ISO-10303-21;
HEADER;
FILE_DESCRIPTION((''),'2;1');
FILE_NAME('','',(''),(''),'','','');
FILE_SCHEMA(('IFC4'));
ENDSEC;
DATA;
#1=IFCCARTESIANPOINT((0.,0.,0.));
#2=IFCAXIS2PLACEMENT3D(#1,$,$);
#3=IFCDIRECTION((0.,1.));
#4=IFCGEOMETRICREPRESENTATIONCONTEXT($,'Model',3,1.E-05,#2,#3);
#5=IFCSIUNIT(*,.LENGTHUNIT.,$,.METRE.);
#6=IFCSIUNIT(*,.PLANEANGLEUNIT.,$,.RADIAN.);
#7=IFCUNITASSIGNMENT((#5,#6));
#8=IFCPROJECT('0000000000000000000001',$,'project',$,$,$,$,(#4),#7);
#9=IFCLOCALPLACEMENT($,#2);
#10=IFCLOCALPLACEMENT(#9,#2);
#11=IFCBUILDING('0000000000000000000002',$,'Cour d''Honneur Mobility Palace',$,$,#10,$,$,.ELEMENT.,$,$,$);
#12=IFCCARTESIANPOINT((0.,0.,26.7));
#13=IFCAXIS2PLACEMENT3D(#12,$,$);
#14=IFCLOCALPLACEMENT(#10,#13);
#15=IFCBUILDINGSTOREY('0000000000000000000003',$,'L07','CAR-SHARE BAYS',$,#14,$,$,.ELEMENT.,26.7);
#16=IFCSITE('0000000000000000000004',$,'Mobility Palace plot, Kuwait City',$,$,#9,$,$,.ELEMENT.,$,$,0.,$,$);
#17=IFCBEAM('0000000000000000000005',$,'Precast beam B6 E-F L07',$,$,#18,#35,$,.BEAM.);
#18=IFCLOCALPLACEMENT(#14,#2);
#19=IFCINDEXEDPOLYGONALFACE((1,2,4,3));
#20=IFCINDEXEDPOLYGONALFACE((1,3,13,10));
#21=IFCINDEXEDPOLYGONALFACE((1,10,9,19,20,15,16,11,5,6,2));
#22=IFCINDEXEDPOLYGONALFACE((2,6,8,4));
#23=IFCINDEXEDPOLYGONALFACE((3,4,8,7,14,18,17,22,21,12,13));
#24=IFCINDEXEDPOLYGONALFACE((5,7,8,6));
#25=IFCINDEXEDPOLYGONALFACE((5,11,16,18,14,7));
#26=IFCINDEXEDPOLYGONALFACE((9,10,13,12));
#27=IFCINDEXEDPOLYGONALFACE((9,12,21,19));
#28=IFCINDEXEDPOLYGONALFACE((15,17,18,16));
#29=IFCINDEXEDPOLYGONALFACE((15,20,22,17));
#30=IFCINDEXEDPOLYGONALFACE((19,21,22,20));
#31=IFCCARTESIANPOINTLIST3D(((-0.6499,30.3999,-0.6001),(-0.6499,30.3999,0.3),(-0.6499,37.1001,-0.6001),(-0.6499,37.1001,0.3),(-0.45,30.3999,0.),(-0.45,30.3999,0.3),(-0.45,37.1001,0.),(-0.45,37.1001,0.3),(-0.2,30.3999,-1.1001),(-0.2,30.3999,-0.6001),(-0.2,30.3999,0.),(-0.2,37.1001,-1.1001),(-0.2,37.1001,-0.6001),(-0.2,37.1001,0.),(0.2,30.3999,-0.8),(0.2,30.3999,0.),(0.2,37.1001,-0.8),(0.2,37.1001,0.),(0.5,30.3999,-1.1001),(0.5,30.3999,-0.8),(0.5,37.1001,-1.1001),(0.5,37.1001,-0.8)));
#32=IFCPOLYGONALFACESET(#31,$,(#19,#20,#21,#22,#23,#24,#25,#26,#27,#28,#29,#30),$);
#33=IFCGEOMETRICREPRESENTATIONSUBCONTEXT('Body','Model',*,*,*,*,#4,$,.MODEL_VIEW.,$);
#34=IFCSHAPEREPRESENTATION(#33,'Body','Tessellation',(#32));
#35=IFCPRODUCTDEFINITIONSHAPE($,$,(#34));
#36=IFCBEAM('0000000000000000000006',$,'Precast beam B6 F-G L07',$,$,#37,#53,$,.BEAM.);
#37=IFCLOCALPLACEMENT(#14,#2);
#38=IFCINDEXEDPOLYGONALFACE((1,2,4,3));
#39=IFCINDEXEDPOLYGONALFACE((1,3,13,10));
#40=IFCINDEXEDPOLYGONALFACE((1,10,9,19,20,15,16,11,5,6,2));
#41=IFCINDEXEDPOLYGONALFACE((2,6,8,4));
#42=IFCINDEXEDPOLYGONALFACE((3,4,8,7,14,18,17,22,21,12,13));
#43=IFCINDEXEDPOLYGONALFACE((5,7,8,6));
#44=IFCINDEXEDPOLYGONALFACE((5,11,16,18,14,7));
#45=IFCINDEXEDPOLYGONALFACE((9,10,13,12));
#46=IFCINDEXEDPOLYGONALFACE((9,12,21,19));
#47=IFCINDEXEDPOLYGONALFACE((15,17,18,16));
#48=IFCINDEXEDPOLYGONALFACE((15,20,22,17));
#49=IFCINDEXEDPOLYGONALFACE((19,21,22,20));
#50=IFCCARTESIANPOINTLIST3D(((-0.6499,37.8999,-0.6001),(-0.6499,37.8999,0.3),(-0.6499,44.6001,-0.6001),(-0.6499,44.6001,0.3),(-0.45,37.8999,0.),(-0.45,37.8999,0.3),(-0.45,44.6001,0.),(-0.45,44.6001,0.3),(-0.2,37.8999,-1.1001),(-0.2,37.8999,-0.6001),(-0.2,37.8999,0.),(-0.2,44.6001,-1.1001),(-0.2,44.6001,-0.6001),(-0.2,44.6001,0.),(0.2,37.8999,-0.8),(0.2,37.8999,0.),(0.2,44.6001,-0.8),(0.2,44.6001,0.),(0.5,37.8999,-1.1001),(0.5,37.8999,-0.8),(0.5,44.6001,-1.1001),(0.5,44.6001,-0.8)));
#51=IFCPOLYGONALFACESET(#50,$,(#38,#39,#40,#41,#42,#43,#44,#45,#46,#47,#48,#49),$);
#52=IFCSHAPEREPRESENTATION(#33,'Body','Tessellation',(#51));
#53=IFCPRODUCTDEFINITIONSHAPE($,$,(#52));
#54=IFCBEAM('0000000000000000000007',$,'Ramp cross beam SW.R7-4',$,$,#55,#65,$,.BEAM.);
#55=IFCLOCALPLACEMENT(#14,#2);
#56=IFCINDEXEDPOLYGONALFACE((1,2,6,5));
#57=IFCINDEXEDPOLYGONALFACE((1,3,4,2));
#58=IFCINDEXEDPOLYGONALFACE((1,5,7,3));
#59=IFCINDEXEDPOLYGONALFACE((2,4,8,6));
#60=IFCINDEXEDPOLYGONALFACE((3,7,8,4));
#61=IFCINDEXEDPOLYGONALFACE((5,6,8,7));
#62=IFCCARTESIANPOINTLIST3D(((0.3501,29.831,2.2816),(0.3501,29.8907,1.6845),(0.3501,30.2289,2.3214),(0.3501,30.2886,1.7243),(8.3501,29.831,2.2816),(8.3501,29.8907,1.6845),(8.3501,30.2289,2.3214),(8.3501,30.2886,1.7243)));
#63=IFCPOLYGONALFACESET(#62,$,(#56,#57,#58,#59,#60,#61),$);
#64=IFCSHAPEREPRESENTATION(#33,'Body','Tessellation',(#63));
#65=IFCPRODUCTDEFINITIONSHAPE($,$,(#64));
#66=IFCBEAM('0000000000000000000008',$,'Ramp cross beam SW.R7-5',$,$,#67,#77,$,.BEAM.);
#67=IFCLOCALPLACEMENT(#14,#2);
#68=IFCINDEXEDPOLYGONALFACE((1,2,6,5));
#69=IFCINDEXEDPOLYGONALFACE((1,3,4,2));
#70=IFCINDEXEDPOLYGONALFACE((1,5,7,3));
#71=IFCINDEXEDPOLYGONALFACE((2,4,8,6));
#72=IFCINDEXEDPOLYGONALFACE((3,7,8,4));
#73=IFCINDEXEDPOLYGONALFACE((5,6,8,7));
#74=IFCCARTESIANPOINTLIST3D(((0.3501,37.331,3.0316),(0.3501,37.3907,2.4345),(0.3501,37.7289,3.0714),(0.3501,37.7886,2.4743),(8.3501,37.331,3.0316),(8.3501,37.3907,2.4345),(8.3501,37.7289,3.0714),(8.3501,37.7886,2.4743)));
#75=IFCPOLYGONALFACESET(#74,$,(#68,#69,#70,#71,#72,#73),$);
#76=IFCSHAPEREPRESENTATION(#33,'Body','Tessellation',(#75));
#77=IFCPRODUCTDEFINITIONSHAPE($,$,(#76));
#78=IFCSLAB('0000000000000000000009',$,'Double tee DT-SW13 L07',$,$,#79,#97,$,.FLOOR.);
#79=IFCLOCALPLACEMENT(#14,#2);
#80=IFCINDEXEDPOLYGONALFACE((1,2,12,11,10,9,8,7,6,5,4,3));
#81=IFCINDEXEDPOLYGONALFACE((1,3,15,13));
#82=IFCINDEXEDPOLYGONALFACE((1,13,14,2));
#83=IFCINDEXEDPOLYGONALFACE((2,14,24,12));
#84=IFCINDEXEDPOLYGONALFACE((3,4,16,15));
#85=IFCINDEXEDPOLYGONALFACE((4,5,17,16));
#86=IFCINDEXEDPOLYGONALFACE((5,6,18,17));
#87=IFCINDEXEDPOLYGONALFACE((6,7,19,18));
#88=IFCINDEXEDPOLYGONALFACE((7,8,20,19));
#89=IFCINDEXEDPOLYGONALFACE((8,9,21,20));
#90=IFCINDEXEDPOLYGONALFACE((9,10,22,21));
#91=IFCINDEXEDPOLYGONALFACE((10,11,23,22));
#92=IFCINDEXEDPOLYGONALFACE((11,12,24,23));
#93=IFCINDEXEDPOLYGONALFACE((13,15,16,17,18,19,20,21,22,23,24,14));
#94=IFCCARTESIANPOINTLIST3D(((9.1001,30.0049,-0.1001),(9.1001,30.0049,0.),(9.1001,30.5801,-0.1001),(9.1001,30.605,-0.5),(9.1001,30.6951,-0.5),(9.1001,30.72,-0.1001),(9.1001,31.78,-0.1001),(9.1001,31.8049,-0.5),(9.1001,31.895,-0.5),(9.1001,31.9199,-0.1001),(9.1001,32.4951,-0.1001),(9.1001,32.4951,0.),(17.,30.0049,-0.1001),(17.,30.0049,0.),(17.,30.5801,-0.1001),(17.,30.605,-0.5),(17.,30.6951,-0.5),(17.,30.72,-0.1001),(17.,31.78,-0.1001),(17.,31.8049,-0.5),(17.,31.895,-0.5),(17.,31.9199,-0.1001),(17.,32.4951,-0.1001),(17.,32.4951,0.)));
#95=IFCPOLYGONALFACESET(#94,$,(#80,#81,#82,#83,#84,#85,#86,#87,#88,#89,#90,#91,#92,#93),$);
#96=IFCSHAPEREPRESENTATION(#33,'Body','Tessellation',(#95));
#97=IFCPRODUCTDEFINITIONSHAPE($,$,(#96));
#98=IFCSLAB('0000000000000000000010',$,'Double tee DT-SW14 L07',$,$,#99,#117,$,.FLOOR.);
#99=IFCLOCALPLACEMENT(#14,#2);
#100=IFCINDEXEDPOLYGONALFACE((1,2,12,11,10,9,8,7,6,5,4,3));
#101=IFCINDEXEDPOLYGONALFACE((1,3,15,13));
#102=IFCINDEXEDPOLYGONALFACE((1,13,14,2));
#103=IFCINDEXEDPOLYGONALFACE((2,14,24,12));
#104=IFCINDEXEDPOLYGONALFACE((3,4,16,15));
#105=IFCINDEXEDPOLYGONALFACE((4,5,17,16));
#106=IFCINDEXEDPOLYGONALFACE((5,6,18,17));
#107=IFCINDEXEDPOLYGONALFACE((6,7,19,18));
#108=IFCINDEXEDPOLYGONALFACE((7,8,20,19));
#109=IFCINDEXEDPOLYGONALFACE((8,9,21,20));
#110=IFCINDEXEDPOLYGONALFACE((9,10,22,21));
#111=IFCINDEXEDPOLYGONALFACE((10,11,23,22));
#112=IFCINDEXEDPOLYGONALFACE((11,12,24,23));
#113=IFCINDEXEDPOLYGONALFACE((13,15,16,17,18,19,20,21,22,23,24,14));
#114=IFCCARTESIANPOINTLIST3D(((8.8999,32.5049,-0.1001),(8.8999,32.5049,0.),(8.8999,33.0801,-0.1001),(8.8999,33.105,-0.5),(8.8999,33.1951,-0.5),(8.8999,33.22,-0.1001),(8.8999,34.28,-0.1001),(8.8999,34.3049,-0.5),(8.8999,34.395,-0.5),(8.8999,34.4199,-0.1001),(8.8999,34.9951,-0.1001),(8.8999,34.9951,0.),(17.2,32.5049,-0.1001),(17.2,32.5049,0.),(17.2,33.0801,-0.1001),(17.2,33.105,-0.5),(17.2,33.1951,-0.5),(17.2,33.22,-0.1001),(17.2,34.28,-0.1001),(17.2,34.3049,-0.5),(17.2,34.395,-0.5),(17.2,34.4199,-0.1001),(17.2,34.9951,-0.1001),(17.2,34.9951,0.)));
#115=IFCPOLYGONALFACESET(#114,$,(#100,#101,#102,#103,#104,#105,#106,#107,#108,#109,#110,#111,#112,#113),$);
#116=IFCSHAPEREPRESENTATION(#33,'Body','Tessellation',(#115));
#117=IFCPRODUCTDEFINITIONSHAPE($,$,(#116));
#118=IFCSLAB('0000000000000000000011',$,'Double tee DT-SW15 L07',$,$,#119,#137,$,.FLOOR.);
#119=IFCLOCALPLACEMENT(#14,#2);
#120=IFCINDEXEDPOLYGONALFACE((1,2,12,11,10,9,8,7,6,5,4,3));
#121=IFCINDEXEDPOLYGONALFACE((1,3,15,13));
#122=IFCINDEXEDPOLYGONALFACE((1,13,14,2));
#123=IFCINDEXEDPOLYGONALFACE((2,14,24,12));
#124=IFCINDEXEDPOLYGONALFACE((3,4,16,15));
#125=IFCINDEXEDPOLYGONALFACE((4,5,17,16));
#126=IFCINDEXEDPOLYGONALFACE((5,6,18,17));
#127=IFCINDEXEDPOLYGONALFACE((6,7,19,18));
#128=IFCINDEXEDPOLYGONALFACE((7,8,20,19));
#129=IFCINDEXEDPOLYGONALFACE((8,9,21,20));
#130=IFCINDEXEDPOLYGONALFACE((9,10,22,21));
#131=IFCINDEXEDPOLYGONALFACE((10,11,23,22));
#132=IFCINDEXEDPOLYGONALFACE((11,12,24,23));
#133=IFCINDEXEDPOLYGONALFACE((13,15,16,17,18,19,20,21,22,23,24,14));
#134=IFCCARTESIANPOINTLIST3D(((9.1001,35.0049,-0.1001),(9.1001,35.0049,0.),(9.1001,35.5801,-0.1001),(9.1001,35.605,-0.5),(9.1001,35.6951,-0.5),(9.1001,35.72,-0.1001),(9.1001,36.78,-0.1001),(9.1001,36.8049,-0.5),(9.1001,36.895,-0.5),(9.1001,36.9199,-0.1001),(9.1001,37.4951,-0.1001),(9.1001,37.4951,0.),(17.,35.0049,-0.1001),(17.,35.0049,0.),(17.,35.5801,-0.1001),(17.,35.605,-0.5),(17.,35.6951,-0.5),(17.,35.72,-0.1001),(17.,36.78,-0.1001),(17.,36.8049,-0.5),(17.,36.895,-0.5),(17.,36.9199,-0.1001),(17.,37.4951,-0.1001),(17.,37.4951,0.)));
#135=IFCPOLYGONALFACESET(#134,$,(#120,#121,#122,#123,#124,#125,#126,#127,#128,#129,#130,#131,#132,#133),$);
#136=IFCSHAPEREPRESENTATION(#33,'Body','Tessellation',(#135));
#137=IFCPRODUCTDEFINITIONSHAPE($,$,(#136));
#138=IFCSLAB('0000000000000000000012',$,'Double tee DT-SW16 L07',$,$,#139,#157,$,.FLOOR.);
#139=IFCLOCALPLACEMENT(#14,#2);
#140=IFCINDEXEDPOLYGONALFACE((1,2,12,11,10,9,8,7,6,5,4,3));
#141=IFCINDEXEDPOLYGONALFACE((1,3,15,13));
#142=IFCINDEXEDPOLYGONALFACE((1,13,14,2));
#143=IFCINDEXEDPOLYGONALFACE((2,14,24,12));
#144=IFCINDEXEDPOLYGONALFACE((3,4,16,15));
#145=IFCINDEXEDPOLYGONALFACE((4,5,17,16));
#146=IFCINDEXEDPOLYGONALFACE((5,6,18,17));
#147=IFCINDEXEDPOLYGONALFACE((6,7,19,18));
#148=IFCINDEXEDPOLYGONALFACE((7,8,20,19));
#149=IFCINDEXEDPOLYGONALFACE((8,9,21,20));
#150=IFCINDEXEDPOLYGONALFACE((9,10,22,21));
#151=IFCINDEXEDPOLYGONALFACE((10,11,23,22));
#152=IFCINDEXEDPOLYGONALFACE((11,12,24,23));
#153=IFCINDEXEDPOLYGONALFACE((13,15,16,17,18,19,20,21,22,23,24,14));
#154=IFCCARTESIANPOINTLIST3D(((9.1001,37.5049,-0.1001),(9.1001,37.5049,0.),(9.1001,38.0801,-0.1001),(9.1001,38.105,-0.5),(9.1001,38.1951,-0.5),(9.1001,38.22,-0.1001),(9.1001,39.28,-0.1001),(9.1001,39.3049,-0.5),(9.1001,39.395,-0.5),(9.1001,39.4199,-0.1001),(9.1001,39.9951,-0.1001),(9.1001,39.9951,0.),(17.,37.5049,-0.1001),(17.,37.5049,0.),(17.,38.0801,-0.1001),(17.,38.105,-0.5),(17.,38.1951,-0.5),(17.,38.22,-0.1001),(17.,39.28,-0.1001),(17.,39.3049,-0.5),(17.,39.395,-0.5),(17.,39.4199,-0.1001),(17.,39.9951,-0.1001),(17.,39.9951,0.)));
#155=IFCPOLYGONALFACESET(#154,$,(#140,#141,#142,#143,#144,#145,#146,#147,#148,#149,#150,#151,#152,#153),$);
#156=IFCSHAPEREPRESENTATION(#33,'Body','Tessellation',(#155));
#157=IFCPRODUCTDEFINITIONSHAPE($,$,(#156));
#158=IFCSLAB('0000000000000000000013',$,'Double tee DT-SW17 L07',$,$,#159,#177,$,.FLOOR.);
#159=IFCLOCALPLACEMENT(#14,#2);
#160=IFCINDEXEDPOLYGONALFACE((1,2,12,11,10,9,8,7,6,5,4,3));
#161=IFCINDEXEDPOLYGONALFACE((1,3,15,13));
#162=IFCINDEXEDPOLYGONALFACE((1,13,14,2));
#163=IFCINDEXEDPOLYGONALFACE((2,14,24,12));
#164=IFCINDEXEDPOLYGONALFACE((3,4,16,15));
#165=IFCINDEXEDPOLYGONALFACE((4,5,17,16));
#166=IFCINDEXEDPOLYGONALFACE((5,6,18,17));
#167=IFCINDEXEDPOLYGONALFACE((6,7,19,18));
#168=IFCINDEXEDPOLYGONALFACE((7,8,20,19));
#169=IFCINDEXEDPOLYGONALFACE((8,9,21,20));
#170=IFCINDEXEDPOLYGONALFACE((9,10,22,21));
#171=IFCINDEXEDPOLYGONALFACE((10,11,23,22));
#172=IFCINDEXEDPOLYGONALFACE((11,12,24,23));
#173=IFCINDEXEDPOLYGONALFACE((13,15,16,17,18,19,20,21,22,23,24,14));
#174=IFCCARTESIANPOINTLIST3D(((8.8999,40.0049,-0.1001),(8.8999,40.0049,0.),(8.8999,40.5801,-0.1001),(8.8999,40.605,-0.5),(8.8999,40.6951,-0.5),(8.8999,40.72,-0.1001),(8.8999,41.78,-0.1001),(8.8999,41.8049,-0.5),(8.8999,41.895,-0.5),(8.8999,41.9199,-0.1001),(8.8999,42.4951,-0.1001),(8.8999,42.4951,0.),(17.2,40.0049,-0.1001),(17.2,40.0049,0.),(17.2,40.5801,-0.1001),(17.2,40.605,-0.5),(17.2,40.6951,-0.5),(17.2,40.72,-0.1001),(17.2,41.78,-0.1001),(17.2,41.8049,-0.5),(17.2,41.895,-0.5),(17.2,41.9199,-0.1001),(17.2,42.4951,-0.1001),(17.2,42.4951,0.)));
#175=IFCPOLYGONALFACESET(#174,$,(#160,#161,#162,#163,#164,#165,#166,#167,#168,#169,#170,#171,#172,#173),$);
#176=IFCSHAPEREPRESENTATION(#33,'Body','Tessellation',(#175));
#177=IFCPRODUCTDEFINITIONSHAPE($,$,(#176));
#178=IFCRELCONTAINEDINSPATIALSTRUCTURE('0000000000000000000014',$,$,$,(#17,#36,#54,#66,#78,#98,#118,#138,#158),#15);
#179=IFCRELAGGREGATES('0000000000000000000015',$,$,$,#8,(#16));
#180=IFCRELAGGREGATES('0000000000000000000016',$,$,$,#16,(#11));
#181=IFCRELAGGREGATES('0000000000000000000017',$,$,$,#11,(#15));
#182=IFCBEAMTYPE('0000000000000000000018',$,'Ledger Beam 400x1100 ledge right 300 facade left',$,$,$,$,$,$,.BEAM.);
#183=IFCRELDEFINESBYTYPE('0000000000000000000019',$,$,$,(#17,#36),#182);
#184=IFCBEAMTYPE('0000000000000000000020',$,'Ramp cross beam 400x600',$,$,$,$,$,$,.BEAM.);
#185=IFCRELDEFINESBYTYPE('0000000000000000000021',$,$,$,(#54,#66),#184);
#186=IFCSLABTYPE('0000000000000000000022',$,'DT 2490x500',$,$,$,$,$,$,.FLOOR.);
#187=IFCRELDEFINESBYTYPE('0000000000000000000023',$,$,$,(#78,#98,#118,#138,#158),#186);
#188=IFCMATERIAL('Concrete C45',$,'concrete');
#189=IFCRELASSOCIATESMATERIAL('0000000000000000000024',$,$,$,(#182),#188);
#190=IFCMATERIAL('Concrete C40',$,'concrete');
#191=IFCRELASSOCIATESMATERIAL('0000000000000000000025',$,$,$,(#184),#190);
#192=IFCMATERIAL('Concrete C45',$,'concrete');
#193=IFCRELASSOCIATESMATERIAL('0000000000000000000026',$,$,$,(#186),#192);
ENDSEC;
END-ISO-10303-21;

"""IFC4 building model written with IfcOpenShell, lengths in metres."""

from ifc_helpers import new_model, si_unit, direction, frame, origin, origin_2d, place, context, subcontext, project, spatial, polyline, rectangle, outline, extrude, material, material_profile, profile_set, type_object, element, save


model = new_model("IFC4")

# Units and contexts
model_context = context("Model", 3, precision=1e-05, world=origin(), true_north=direction((0.0, 1.0)))
body_context = subcontext(model_context, "Body", "Model", "MODEL_VIEW")
ifc_project = project(units=[si_unit("LENGTHUNIT", "METRE"), si_unit("PLANEANGLEUNIT", "RADIAN")], contexts=[model_context])

# Site, building, storey
site_placement = place(None, origin())
site = spatial("IfcSite", under=ifc_project, at=site_placement, Name="Mobility Palace plot, Kuwait City", CompositionType="ELEMENT", RefElevation=0.0)
building_placement = place(site_placement, origin())
building = spatial("IfcBuilding", under=site, at=building_placement, Name="Cour d'Honneur Mobility Palace", CompositionType="ELEMENT")
storey_placement = place(building_placement, frame((0.0, 0.0, 26.7)))
storey = spatial("IfcBuildingStorey", under=building, at=storey_placement, Name="L07", Description="CAR-SHARE BAYS", CompositionType="ELEMENT", Elevation=26.7)

# Beams
ifc_material_1 = material(Name="Concrete C45", Category="concrete")
ifc_material_profile_1 = material_profile(ifc_material_1, outline(polyline([(0.2, -1.1001), (0.2, -0.6001), (0.6499, -0.6001), (0.6499, 0.3), (0.45, 0.3), (0.45, 0.0), (0.2, 0.0), (-0.2, 0.0), (-0.2, -0.8), (-0.5, -0.8), (-0.5, -1.1001), (0.2, -1.1001)])), Name="Ledger Beam 400x1100 ledge right 300 facade left")
ifc_profile_set_1 = profile_set([ifc_material_profile_1], Name="Concrete C45")
beam_type_1 = type_object("IfcBeamType", Name="Ledger Beam 400x1100 ledge right 300 facade left", PredefinedType="BEAM", material=ifc_profile_set_1)
for number, where, z_axis, x_axis, name in (
    (1, (0.0, 30.3999, 0.0), (0.0, 1.0, 0.0), (-1.0, 0.0, 0.0), "Precast beam B6 E-F L07"),
    (2, (0.0, 37.8999, 0.0), (0.0, 1.0, 0.0), (-1.0, 0.0, 0.0), "Precast beam B6 F-G L07"),
):
    element("IfcBeam", number, at=place(storey_placement, frame(where, z_axis=z_axis, x_axis=x_axis)), inside=storey, type_object=beam_type_1, Name=name, PredefinedType="BEAM", context=body_context, shape_type="SweptSolid", body=[
        extrude(outline(polyline([(0.2, -1.1001), (0.2, -0.6001), (0.6499, -0.6001), (0.6499, 0.3), (0.45, 0.3), (0.45, 0.0), (0.2, 0.0), (-0.2, 0.0), (-0.2, -0.8), (-0.5, -0.8), (-0.5, -1.1001), (0.2, -1.1001)])), origin(), (0.0, 0.0, 1.0), 6.7002),
    ])
ifc_material_2 = material(Name="Concrete C40", Category="concrete")
ifc_material_profile_2 = material_profile(ifc_material_2, rectangle(XDim=0.3999, YDim=0.6001, at=origin_2d()), Name="Ramp cross beam 400x600")
ifc_profile_set_2 = profile_set([ifc_material_profile_2], Name="Concrete C40")
beam_type_2 = type_object("IfcBeamType", Name="Ramp cross beam 400x600", PredefinedType="BEAM", material=ifc_profile_set_2)
for number, where, z_axis, x_axis, name in (
    (3, (0.3501, 30.0598, 2.0029), (1.0, 0.0, 0.0), (0.0, 0.995037, 0.099504), "Ramp cross beam SW.R7-4"),
    (4, (0.3501, 37.5598, 2.7529), (1.0, 0.0, 0.0), (0.0, 0.995037, 0.099504), "Ramp cross beam SW.R7-5"),
):
    element("IfcBeam", number, at=place(storey_placement, frame(where, z_axis=z_axis, x_axis=x_axis)), inside=storey, type_object=beam_type_2, Name=name, PredefinedType="BEAM", context=body_context, shape_type="SweptSolid", body=[
        extrude(rectangle(XDim=0.3999, YDim=0.6001, at=origin_2d()), origin(), (0.0, 0.0, 1.0), 8.0),
    ])

# Slabs
ifc_material_3 = material(Name="Concrete C45", Category="concrete")
ifc_material_profile_3 = material_profile(ifc_material_3, outline(polyline([(-1.2451, 0.0), (1.2451, 0.0), (1.2451, -0.1001), (0.6699, -0.1001), (0.645, -0.5), (0.5549, -0.5), (0.53, -0.1001), (-0.53, -0.1001), (-0.5549, -0.5), (-0.645, -0.5), (-0.6699, -0.1001), (-1.2451, -0.1001), (-1.2451, 0.0)])), Name="DT 2490x500")
ifc_profile_set_3 = profile_set([ifc_material_profile_3], Name="Concrete C45")
slab_type = type_object("IfcSlabType", Name="DT 2490x500", PredefinedType="FLOOR", material=ifc_profile_set_3)
slab_1_placement = place(storey_placement, frame((9.1001, 31.25, 0.0), z_axis=(1.0, 0.0, 0.0), x_axis=(0.0, 1.0, 0.0)))
element("IfcSlab", 5, at=slab_1_placement, inside=storey, type_object=slab_type, Name="Double tee DT-SW13 L07", PredefinedType="FLOOR", context=body_context, shape_type="SweptSolid", body=[
    extrude(outline(polyline([(-1.2451, 0.0), (1.2451, 0.0), (1.2451, -0.1001), (0.6699, -0.1001), (0.645, -0.5), (0.5549, -0.5), (0.53, -0.1001), (-0.53, -0.1001), (-0.5549, -0.5), (-0.645, -0.5), (-0.6699, -0.1001), (-1.2451, -0.1001), (-1.2451, 0.0)])), origin(), (0.0, 0.0, 1.0), 7.8999),
])
slab_2_placement = place(storey_placement, frame((8.8999, 33.75, 0.0), z_axis=(1.0, 0.0, 0.0), x_axis=(0.0, 1.0, 0.0)))
element("IfcSlab", 6, at=slab_2_placement, inside=storey, type_object=slab_type, Name="Double tee DT-SW14 L07", PredefinedType="FLOOR", context=body_context, shape_type="SweptSolid", body=[
    extrude(outline(polyline([(-1.2451, 0.0), (1.2451, 0.0), (1.2451, -0.1001), (0.6699, -0.1001), (0.645, -0.5), (0.5549, -0.5), (0.53, -0.1001), (-0.53, -0.1001), (-0.5549, -0.5), (-0.645, -0.5), (-0.6699, -0.1001), (-1.2451, -0.1001), (-1.2451, 0.0)])), origin(), (0.0, 0.0, 1.0), 8.3),
])
for number, where, z_axis, x_axis, name in (
    (7, (9.1001, 36.25, 0.0), (1.0, 0.0, 0.0), (0.0, 1.0, 0.0), "Double tee DT-SW15 L07"),
    (8, (9.1001, 38.75, 0.0), (1.0, 0.0, 0.0), (0.0, 1.0, 0.0), "Double tee DT-SW16 L07"),
):
    element("IfcSlab", number, at=place(storey_placement, frame(where, z_axis=z_axis, x_axis=x_axis)), inside=storey, type_object=slab_type, Name=name, PredefinedType="FLOOR", context=body_context, shape_type="SweptSolid", body=[
        extrude(outline(polyline([(-1.2451, 0.0), (1.2451, 0.0), (1.2451, -0.1001), (0.6699, -0.1001), (0.645, -0.5), (0.5549, -0.5), (0.53, -0.1001), (-0.53, -0.1001), (-0.5549, -0.5), (-0.645, -0.5), (-0.6699, -0.1001), (-1.2451, -0.1001), (-1.2451, 0.0)])), origin(), (0.0, 0.0, 1.0), 7.8999),
    ])
slab_3_placement = place(storey_placement, frame((8.8999, 41.25, 0.0), z_axis=(1.0, 0.0, 0.0), x_axis=(0.0, 1.0, 0.0)))
element("IfcSlab", 9, at=slab_3_placement, inside=storey, type_object=slab_type, Name="Double tee DT-SW17 L07", PredefinedType="FLOOR", context=body_context, shape_type="SweptSolid", body=[
    extrude(outline(polyline([(-1.2451, 0.0), (1.2451, 0.0), (1.2451, -0.1001), (0.6699, -0.1001), (0.645, -0.5), (0.5549, -0.5), (0.53, -0.1001), (-0.53, -0.1001), (-0.5549, -0.5), (-0.645, -0.5), (-0.6699, -0.1001), (-1.2451, -0.1001), (-1.2451, 0.0)])), origin(), (0.0, 0.0, 1.0), 8.3),
])

save(model, "model.ifc")
